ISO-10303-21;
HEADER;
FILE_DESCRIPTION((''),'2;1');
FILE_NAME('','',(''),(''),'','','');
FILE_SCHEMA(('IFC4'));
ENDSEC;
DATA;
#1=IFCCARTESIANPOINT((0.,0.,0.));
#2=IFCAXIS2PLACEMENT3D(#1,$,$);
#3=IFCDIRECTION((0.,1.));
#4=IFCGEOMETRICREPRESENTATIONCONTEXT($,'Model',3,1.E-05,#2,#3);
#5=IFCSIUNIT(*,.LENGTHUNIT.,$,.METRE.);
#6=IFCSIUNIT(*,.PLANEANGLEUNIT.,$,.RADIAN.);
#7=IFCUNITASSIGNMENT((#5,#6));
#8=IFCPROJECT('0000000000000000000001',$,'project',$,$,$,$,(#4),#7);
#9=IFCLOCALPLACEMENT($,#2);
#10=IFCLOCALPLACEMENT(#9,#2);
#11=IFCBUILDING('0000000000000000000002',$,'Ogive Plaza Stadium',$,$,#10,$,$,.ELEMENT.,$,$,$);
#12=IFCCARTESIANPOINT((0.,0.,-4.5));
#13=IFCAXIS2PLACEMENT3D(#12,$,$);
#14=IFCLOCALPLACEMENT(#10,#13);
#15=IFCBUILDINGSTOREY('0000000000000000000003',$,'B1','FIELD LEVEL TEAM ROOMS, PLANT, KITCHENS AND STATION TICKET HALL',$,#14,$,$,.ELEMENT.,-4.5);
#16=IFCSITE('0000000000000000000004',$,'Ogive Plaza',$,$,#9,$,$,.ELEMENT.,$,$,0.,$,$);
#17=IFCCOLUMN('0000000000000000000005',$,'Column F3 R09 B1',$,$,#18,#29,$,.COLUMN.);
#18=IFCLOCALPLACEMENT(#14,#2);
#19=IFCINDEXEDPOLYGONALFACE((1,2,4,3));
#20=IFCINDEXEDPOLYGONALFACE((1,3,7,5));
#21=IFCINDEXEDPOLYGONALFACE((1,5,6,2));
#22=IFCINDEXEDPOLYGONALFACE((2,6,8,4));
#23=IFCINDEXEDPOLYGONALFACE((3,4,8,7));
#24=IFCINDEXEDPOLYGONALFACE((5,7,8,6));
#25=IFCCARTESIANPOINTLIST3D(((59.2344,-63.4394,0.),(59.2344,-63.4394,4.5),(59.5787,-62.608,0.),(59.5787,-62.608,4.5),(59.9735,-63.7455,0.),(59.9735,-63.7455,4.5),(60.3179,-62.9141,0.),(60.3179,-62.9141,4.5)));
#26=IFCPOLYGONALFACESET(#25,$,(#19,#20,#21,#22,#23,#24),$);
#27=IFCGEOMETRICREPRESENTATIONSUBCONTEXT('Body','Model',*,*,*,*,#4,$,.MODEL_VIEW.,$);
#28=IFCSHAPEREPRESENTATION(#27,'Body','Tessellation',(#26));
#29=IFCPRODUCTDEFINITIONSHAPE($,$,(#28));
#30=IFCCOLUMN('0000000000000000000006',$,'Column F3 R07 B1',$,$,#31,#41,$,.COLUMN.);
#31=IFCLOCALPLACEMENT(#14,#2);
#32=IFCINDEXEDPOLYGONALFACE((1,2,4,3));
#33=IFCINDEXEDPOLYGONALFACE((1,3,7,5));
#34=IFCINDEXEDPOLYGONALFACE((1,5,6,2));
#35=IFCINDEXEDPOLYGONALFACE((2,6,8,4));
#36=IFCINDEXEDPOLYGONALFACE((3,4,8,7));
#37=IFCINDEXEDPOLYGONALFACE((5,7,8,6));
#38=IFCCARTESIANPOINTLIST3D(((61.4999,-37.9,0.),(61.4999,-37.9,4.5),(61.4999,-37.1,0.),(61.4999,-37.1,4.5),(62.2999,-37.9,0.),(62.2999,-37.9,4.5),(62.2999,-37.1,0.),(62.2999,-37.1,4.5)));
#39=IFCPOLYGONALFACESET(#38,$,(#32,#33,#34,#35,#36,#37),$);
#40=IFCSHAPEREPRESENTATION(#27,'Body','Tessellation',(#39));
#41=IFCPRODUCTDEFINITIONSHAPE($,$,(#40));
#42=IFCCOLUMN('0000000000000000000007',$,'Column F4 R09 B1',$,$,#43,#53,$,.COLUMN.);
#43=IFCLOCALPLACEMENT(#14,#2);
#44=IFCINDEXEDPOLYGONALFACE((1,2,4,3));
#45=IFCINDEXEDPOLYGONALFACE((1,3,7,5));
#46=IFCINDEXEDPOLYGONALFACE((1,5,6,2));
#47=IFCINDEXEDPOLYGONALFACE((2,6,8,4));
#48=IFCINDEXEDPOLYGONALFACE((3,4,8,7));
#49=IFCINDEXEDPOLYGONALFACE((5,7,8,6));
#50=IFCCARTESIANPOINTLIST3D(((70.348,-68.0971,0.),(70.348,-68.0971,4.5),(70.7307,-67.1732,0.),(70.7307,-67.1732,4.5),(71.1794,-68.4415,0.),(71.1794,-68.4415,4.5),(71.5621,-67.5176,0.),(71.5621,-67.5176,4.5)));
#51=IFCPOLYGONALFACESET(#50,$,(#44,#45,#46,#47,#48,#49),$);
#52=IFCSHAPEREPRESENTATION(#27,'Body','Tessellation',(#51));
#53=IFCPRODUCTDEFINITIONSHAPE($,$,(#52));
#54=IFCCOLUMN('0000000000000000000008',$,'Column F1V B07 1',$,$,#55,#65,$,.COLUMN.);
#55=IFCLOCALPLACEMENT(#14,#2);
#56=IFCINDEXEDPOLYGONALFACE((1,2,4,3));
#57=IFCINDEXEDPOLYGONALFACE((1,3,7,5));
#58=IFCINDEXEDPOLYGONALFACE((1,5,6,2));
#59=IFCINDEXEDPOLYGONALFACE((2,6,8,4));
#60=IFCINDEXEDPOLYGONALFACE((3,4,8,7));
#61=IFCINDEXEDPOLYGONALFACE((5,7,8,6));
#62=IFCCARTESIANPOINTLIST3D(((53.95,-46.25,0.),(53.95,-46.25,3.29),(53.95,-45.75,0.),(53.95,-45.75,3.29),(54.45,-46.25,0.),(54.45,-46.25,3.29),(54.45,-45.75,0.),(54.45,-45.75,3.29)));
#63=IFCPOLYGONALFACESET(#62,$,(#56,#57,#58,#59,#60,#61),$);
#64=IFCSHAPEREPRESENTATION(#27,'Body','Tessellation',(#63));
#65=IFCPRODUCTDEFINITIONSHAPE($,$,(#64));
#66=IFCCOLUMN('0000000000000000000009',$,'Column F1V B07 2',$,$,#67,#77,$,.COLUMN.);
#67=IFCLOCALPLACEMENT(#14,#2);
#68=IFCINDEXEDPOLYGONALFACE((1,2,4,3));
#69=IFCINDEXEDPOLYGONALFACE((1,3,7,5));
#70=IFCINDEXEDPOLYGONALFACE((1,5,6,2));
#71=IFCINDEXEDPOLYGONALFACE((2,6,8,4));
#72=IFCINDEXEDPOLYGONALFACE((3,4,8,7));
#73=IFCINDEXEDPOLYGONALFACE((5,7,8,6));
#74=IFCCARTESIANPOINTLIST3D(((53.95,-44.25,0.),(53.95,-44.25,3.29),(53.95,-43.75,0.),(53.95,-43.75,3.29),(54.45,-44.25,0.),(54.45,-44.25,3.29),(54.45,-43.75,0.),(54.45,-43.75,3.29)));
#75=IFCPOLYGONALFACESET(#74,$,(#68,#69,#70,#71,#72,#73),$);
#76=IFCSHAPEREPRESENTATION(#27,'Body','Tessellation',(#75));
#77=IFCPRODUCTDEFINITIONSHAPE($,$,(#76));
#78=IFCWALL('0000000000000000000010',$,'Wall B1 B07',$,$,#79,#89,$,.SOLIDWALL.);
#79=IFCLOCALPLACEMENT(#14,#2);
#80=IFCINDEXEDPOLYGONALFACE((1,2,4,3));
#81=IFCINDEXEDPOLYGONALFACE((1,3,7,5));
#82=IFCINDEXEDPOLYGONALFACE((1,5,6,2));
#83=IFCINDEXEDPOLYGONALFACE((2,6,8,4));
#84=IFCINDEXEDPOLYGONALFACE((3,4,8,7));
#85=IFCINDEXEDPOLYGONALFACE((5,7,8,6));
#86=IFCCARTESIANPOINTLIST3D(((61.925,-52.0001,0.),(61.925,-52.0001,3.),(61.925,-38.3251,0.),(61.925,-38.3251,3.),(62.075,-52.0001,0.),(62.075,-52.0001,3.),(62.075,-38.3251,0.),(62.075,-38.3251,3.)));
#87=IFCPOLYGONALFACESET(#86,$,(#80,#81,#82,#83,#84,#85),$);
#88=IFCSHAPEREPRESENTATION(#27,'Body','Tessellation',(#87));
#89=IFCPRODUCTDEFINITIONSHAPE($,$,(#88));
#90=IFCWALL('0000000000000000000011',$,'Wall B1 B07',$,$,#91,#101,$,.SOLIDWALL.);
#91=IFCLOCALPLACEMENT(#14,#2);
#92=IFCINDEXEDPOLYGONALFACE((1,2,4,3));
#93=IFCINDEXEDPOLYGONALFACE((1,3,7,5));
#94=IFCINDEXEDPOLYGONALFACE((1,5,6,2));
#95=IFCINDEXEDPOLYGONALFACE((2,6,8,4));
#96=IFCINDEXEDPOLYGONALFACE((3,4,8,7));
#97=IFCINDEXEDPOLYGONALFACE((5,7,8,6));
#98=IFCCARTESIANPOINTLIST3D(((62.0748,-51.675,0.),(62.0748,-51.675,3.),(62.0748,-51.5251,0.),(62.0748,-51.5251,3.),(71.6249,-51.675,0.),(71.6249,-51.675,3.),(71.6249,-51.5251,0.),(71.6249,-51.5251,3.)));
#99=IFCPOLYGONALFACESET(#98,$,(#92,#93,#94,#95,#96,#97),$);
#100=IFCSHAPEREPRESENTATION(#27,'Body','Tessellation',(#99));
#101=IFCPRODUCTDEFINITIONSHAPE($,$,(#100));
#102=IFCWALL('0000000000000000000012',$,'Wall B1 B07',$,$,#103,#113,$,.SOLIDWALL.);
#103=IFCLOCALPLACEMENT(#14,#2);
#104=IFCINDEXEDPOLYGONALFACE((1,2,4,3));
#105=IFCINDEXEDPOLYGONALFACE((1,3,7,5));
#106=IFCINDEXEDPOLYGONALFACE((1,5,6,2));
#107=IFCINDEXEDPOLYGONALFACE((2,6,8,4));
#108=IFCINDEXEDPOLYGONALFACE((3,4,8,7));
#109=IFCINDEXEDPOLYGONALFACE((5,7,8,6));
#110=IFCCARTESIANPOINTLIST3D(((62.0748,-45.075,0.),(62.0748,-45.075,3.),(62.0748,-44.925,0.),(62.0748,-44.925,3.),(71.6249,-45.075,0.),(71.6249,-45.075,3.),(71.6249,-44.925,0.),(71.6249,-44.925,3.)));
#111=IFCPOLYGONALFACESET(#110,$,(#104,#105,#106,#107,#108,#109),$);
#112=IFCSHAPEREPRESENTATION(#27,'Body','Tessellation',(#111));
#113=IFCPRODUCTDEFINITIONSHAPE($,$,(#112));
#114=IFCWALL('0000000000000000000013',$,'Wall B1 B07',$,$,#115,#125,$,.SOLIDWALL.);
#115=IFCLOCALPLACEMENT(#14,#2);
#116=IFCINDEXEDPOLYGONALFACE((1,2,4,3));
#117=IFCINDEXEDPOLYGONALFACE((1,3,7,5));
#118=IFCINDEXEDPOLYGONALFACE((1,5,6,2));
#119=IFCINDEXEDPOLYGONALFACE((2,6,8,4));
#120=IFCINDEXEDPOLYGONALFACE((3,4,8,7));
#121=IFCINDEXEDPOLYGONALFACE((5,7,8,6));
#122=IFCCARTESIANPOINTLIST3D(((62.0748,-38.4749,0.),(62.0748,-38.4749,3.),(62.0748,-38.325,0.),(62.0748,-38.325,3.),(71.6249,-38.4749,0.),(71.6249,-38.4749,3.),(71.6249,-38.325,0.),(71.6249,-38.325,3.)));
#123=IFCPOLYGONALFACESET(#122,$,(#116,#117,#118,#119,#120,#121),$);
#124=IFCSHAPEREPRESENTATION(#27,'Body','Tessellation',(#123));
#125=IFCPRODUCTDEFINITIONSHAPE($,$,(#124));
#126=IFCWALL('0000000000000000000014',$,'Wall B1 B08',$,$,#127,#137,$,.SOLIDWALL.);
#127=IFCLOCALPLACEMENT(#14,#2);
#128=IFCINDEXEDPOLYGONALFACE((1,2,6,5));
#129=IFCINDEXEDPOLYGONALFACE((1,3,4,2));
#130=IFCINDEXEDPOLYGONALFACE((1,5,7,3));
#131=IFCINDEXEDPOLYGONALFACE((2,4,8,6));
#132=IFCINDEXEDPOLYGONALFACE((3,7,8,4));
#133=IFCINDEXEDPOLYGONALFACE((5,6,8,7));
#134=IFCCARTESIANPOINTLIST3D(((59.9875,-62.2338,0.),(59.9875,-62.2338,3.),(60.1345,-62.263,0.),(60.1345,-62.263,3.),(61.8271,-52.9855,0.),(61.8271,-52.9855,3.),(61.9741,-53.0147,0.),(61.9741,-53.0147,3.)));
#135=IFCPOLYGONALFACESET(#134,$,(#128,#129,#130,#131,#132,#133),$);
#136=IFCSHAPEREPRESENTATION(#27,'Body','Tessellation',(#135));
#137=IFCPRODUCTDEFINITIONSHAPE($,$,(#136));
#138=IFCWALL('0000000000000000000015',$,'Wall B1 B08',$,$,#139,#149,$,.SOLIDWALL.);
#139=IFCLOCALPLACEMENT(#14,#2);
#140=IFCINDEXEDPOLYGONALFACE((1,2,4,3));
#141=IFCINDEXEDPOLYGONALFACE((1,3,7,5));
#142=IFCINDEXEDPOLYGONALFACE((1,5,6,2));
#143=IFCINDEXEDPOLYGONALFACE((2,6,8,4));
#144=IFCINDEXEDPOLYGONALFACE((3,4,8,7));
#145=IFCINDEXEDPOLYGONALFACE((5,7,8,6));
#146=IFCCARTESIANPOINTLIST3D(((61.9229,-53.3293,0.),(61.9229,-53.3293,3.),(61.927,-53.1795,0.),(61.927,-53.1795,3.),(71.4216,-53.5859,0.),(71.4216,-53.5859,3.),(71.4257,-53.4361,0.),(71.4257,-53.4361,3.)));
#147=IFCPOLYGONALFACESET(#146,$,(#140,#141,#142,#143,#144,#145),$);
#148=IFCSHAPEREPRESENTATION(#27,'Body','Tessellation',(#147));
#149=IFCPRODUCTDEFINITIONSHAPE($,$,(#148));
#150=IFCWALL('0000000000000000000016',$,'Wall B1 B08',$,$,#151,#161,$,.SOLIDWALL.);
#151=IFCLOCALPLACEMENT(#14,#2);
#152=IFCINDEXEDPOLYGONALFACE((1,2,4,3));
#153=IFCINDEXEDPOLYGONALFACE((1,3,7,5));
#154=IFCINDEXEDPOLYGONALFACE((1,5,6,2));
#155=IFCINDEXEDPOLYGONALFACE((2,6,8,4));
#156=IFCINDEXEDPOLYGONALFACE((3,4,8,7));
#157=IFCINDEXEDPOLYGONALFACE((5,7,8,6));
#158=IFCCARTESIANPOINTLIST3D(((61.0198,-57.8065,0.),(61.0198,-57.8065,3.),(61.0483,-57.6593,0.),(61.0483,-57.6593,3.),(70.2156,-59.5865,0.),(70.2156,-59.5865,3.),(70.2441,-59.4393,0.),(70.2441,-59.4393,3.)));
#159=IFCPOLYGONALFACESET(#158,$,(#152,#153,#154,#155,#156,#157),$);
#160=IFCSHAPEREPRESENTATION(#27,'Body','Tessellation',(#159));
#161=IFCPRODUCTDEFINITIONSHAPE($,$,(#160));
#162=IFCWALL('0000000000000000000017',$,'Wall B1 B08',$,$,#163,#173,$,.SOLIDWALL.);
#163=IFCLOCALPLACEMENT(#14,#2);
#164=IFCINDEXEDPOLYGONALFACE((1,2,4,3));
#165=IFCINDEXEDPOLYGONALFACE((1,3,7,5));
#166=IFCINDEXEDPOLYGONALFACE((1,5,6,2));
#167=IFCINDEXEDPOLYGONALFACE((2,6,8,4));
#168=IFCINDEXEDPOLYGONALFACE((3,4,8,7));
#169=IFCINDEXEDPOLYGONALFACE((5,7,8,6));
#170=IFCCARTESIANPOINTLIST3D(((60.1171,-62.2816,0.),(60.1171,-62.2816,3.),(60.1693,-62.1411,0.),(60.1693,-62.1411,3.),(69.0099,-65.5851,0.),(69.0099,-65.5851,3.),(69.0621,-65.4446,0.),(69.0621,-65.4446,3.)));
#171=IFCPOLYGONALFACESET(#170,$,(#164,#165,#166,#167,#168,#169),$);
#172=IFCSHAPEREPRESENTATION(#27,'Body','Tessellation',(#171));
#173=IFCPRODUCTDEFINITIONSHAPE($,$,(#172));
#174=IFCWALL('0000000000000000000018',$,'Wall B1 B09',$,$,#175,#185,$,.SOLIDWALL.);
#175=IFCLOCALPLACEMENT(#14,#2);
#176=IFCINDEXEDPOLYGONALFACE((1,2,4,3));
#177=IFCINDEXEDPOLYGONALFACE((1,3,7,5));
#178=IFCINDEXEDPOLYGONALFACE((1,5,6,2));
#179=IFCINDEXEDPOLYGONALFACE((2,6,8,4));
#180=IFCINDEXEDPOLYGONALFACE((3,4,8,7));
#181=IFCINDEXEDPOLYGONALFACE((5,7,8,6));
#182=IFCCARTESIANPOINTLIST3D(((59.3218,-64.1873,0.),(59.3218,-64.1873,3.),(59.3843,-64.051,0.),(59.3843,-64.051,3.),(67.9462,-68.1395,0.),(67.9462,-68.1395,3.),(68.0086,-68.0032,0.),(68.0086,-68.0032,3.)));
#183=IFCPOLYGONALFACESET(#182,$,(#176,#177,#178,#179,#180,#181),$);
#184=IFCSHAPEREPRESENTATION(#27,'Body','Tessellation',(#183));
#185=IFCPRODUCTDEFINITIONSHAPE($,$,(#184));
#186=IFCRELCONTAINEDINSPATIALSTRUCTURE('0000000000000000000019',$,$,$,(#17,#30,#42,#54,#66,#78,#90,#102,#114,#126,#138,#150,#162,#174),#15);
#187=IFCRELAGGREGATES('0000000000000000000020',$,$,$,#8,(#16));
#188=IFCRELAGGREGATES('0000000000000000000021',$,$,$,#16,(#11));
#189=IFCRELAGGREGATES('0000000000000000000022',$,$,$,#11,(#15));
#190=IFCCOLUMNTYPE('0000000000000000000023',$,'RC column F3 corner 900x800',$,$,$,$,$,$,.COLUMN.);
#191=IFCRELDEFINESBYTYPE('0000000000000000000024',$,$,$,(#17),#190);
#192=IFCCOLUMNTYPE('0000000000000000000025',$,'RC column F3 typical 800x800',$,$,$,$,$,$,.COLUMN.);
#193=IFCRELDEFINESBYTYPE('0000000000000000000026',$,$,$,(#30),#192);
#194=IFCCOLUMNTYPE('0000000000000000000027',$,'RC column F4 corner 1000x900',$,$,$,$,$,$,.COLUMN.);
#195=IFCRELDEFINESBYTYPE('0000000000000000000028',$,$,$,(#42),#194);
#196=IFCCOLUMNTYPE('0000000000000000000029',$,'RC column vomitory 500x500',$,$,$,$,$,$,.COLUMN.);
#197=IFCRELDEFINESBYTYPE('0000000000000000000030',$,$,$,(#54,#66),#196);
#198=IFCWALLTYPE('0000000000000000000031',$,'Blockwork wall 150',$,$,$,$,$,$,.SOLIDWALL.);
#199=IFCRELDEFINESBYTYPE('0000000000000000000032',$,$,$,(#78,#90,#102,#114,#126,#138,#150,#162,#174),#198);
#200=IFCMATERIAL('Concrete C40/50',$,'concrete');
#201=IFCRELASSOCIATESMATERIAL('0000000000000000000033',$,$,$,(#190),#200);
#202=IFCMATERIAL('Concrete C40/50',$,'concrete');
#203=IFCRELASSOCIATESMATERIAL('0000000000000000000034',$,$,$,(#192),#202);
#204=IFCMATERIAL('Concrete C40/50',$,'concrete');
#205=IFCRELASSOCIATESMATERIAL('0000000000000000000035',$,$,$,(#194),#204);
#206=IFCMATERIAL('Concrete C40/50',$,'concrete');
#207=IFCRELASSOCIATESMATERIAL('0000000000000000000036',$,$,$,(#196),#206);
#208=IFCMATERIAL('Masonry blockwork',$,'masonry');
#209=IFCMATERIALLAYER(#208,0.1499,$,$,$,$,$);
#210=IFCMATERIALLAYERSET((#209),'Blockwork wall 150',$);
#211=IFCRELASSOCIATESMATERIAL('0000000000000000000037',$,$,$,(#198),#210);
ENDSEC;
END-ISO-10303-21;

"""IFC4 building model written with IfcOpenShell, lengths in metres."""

from ifc_helpers import new_model, si_unit, direction, frame, frame_2d, origin, origin_2d, place, context, subcontext, project, spatial, rectangle, extrude, material, layer, layer_set, material_profile, profile_set, type_object, element, save


model = new_model("IFC4")

# Units and contexts
model_context = context("Model", 3, precision=1e-05, world=origin(), true_north=direction((0.0, 1.0)))
body_context = subcontext(model_context, "Body", "Model", "MODEL_VIEW")
ifc_project = project(units=[si_unit("LENGTHUNIT", "METRE"), si_unit("PLANEANGLEUNIT", "RADIAN")], contexts=[model_context])

# Site, building, storey
site_placement = place(None, origin())
site = spatial("IfcSite", under=ifc_project, at=site_placement, Name="Ogive Plaza", CompositionType="ELEMENT", RefElevation=0.0)
building_placement = place(site_placement, origin())
building = spatial("IfcBuilding", under=site, at=building_placement, Name="Ogive Plaza Stadium", CompositionType="ELEMENT")
storey_placement = place(building_placement, frame((0.0, 0.0, -4.5)))
storey = spatial("IfcBuildingStorey", under=building, at=storey_placement, Name="B1", Description="FIELD LEVEL TEAM ROOMS, PLANT, KITCHENS AND STATION TICKET HALL", CompositionType="ELEMENT", Elevation=-4.5)

# Columns
ifc_material_1 = material(Name="Concrete C40/50", Category="concrete")
ifc_material_profile_1 = material_profile(ifc_material_1, rectangle(XDim=0.8999, YDim=0.8, at=origin_2d()), Name="RC 900x800")
ifc_profile_set_1 = profile_set([ifc_material_profile_1], Name="Concrete C40/50")
column_type_1 = type_object("IfcColumnType", Name="RC column F3 corner 900x800", PredefinedType="COLUMN", material=ifc_profile_set_1)
column_1_placement = place(storey_placement, frame((59.7761, -63.1768, 0.0), z_axis=(0.0, 0.0, 1.0), x_axis=(0.382683, 0.92388, 0.0)))
element("IfcColumn", 1, at=column_1_placement, inside=storey, type_object=column_type_1, Name="Column F3 R09 B1", PredefinedType="COLUMN", context=body_context, shape_type="SweptSolid", body=[
    extrude(rectangle(XDim=0.8999, YDim=0.8, at=origin_2d()), origin(), (0.0, 0.0, 1.0), 4.5),
])
ifc_material_2 = material(Name="Concrete C40/50", Category="concrete")
ifc_material_profile_2 = material_profile(ifc_material_2, rectangle(XDim=0.8, YDim=0.8, at=origin_2d()), Name="RC 800x800")
ifc_profile_set_2 = profile_set([ifc_material_profile_2], Name="Concrete C40/50")
column_type_2 = type_object("IfcColumnType", Name="RC column F3 typical 800x800", PredefinedType="COLUMN", material=ifc_profile_set_2)
column_2_placement = place(storey_placement, frame((61.8999, -37.5, 0.0), z_axis=(0.0, 0.0, 1.0), x_axis=(0.0, 1.0, 0.0)))
element("IfcColumn", 2, at=column_2_placement, inside=storey, type_object=column_type_2, Name="Column F3 R07 B1", PredefinedType="COLUMN", context=body_context, shape_type="SweptSolid", body=[
    extrude(rectangle(XDim=0.8, YDim=0.8, at=origin_2d()), origin(), (0.0, 0.0, 1.0), 4.5),
])
ifc_material_3 = material(Name="Concrete C40/50", Category="concrete")
ifc_material_profile_3 = material_profile(ifc_material_3, rectangle(XDim=1.0, YDim=0.8999, at=origin_2d()), Name="RC 1000x900")
ifc_profile_set_3 = profile_set([ifc_material_profile_3], Name="Concrete C40/50")
column_type_3 = type_object("IfcColumnType", Name="RC column F4 corner 1000x900", PredefinedType="COLUMN", material=ifc_profile_set_3)
column_3_placement = place(storey_placement, frame((70.9551, -67.8074, 0.0), z_axis=(0.0, 0.0, 1.0), x_axis=(0.382683, 0.92388, 0.0)))
element("IfcColumn", 3, at=column_3_placement, inside=storey, type_object=column_type_3, Name="Column F4 R09 B1", PredefinedType="COLUMN", context=body_context, shape_type="SweptSolid", body=[
    extrude(rectangle(XDim=1.0, YDim=0.8999, at=origin_2d()), origin(), (0.0, 0.0, 1.0), 4.5),
])
ifc_material_4 = material(Name="Concrete C40/50", Category="concrete")
ifc_material_profile_4 = material_profile(ifc_material_4, rectangle(XDim=0.5, YDim=0.5, at=origin_2d()), Name="RC 500x500")
ifc_profile_set_4 = profile_set([ifc_material_profile_4], Name="Concrete C40/50")
column_type_4 = type_object("IfcColumnType", Name="RC column vomitory 500x500", PredefinedType="COLUMN", material=ifc_profile_set_4)
for number, where, z_axis, x_axis, name in (
    (4, (54.2, -46.0, 0.0), (0.0, 0.0, 1.0), (0.0, 1.0, 0.0), "Column F1V B07 1"),
    (5, (54.2, -44.0, 0.0), (0.0, 0.0, 1.0), (0.0, 1.0, 0.0), "Column F1V B07 2"),
):
    element("IfcColumn", number, at=place(storey_placement, frame(where, z_axis=z_axis, x_axis=x_axis)), inside=storey, type_object=column_type_4, Name=name, PredefinedType="COLUMN", context=body_context, shape_type="SweptSolid", body=[
        extrude(rectangle(XDim=0.5, YDim=0.5, at=origin_2d()), origin(), (0.0, 0.0, 1.0), 3.29),
    ])

# Walls
ifc_material_5 = material(Name="Masonry blockwork", Category="masonry")
ifc_layer_1 = layer(ifc_material_5, 0.1499)
ifc_layer_set_1 = layer_set([ifc_layer_1], Name="Blockwork wall 150")
wall_type = type_object("IfcWallType", Name="Blockwork wall 150", PredefinedType="SOLIDWALL", material=ifc_layer_set_1)
wall_1_placement = place(storey_placement, frame((62.0, -52.0, 0.0), z_axis=(0.0, 0.0, 1.0), x_axis=(0.0, 1.0, 0.0)))
element("IfcWall", 6, at=wall_1_placement, inside=storey, type_object=wall_type, Name="Wall B1 B07", PredefinedType="SOLIDWALL", context=body_context, shape_type="SweptSolid", body=[
    extrude(rectangle(XDim=13.675, YDim=0.1499, at=frame_2d((6.8374, 0.0))), origin(), (0.0, 0.0, 1.0), 3.0),
])
for number, where, z_axis, x_axis, name in (
    (7, (62.075, -51.6001, 0.0), (0.0, 0.0, 1.0), (1.0, 0.0, 0.0), "Wall B1 B07"),
    (8, (62.075, -45.0, 0.0), (0.0, 0.0, 1.0), (1.0, 0.0, 0.0), "Wall B1 B07"),
    (9, (62.075, -38.3999, 0.0), (0.0, 0.0, 1.0), (1.0, 0.0, 0.0), "Wall B1 B07"),
):
    element("IfcWall", number, at=place(storey_placement, frame(where, z_axis=z_axis, x_axis=x_axis)), inside=storey, type_object=wall_type, Name=name, PredefinedType="SOLIDWALL", context=body_context, shape_type="SweptSolid", body=[
        extrude(rectangle(XDim=9.55, YDim=0.1499, at=frame_2d((4.7749, 0.0))), origin(), (0.0, 0.0, 1.0), 3.0),
    ])
wall_2_placement = place(storey_placement, frame((61.9006, -53.0, 0.0), z_axis=(0.0, 0.0, 1.0), x_axis=(-0.19509, -0.980785, 0.0)))
element("IfcWall", 10, at=wall_2_placement, inside=storey, type_object=wall_type, Name="Wall B1 B08", PredefinedType="SOLIDWALL", context=body_context, shape_type="SweptSolid", body=[
    extrude(rectangle(XDim=9.4294, YDim=0.1499, at=frame_2d((4.7148, 0.0))), origin(), (0.0, 0.0, 1.0), 3.0),
])
wall_3_placement = place(storey_placement, frame((61.925, -53.2544, 0.0), z_axis=(0.0, 0.0, 1.0), x_axis=(0.999635, -0.027003, 0.0)))
element("IfcWall", 11, at=wall_3_placement, inside=storey, type_object=wall_type, Name="Wall B1 B08", PredefinedType="SOLIDWALL", context=body_context, shape_type="SweptSolid", body=[
    extrude(rectangle(XDim=9.5022, YDim=0.1499, at=frame_2d((4.751, 0.0))), origin(), (0.0, 0.0, 1.0), 3.0),
])
wall_4_placement = place(storey_placement, frame((61.0342, -57.7329, 0.0), z_axis=(0.0, 0.0, 1.0), x_axis=(0.981776, -0.190042, 0.0)))
element("IfcWall", 12, at=wall_4_placement, inside=storey, type_object=wall_type, Name="Wall B1 B08", PredefinedType="SOLIDWALL", context=body_context, shape_type="SweptSolid", body=[
    extrude(rectangle(XDim=9.3665, YDim=0.1499, at=frame_2d((4.6831, 0.0))), origin(), (0.0, 0.0, 1.0), 3.0),
])
wall_5_placement = place(storey_placement, frame((60.1433, -62.2114, 0.0), z_axis=(0.0, 0.0, 1.0), x_axis=(0.937411, -0.348225, 0.0)))
element("IfcWall", 13, at=wall_5_placement, inside=storey, type_object=wall_type, Name="Wall B1 B08", PredefinedType="SOLIDWALL", context=body_context, shape_type="SweptSolid", body=[
    extrude(rectangle(XDim=9.4866, YDim=0.1499, at=frame_2d((4.7432, 0.0))), origin(), (0.0, 0.0, 1.0), 3.0),
])
wall_6_placement = place(storey_placement, frame((59.353, -64.1191, 0.0), z_axis=(0.0, 0.0, 1.0), x_axis=(0.90909, -0.416599, 0.0)))
element("IfcWall", 14, at=wall_6_placement, inside=storey, type_object=wall_type, Name="Wall B1 B09", PredefinedType="SOLIDWALL", context=body_context, shape_type="SweptSolid", body=[
    extrude(rectangle(XDim=9.4868, YDim=0.1499, at=frame_2d((4.7434, 0.0))), origin(), (0.0, 0.0, 1.0), 3.0),
])

save(model, "model.ifc")
